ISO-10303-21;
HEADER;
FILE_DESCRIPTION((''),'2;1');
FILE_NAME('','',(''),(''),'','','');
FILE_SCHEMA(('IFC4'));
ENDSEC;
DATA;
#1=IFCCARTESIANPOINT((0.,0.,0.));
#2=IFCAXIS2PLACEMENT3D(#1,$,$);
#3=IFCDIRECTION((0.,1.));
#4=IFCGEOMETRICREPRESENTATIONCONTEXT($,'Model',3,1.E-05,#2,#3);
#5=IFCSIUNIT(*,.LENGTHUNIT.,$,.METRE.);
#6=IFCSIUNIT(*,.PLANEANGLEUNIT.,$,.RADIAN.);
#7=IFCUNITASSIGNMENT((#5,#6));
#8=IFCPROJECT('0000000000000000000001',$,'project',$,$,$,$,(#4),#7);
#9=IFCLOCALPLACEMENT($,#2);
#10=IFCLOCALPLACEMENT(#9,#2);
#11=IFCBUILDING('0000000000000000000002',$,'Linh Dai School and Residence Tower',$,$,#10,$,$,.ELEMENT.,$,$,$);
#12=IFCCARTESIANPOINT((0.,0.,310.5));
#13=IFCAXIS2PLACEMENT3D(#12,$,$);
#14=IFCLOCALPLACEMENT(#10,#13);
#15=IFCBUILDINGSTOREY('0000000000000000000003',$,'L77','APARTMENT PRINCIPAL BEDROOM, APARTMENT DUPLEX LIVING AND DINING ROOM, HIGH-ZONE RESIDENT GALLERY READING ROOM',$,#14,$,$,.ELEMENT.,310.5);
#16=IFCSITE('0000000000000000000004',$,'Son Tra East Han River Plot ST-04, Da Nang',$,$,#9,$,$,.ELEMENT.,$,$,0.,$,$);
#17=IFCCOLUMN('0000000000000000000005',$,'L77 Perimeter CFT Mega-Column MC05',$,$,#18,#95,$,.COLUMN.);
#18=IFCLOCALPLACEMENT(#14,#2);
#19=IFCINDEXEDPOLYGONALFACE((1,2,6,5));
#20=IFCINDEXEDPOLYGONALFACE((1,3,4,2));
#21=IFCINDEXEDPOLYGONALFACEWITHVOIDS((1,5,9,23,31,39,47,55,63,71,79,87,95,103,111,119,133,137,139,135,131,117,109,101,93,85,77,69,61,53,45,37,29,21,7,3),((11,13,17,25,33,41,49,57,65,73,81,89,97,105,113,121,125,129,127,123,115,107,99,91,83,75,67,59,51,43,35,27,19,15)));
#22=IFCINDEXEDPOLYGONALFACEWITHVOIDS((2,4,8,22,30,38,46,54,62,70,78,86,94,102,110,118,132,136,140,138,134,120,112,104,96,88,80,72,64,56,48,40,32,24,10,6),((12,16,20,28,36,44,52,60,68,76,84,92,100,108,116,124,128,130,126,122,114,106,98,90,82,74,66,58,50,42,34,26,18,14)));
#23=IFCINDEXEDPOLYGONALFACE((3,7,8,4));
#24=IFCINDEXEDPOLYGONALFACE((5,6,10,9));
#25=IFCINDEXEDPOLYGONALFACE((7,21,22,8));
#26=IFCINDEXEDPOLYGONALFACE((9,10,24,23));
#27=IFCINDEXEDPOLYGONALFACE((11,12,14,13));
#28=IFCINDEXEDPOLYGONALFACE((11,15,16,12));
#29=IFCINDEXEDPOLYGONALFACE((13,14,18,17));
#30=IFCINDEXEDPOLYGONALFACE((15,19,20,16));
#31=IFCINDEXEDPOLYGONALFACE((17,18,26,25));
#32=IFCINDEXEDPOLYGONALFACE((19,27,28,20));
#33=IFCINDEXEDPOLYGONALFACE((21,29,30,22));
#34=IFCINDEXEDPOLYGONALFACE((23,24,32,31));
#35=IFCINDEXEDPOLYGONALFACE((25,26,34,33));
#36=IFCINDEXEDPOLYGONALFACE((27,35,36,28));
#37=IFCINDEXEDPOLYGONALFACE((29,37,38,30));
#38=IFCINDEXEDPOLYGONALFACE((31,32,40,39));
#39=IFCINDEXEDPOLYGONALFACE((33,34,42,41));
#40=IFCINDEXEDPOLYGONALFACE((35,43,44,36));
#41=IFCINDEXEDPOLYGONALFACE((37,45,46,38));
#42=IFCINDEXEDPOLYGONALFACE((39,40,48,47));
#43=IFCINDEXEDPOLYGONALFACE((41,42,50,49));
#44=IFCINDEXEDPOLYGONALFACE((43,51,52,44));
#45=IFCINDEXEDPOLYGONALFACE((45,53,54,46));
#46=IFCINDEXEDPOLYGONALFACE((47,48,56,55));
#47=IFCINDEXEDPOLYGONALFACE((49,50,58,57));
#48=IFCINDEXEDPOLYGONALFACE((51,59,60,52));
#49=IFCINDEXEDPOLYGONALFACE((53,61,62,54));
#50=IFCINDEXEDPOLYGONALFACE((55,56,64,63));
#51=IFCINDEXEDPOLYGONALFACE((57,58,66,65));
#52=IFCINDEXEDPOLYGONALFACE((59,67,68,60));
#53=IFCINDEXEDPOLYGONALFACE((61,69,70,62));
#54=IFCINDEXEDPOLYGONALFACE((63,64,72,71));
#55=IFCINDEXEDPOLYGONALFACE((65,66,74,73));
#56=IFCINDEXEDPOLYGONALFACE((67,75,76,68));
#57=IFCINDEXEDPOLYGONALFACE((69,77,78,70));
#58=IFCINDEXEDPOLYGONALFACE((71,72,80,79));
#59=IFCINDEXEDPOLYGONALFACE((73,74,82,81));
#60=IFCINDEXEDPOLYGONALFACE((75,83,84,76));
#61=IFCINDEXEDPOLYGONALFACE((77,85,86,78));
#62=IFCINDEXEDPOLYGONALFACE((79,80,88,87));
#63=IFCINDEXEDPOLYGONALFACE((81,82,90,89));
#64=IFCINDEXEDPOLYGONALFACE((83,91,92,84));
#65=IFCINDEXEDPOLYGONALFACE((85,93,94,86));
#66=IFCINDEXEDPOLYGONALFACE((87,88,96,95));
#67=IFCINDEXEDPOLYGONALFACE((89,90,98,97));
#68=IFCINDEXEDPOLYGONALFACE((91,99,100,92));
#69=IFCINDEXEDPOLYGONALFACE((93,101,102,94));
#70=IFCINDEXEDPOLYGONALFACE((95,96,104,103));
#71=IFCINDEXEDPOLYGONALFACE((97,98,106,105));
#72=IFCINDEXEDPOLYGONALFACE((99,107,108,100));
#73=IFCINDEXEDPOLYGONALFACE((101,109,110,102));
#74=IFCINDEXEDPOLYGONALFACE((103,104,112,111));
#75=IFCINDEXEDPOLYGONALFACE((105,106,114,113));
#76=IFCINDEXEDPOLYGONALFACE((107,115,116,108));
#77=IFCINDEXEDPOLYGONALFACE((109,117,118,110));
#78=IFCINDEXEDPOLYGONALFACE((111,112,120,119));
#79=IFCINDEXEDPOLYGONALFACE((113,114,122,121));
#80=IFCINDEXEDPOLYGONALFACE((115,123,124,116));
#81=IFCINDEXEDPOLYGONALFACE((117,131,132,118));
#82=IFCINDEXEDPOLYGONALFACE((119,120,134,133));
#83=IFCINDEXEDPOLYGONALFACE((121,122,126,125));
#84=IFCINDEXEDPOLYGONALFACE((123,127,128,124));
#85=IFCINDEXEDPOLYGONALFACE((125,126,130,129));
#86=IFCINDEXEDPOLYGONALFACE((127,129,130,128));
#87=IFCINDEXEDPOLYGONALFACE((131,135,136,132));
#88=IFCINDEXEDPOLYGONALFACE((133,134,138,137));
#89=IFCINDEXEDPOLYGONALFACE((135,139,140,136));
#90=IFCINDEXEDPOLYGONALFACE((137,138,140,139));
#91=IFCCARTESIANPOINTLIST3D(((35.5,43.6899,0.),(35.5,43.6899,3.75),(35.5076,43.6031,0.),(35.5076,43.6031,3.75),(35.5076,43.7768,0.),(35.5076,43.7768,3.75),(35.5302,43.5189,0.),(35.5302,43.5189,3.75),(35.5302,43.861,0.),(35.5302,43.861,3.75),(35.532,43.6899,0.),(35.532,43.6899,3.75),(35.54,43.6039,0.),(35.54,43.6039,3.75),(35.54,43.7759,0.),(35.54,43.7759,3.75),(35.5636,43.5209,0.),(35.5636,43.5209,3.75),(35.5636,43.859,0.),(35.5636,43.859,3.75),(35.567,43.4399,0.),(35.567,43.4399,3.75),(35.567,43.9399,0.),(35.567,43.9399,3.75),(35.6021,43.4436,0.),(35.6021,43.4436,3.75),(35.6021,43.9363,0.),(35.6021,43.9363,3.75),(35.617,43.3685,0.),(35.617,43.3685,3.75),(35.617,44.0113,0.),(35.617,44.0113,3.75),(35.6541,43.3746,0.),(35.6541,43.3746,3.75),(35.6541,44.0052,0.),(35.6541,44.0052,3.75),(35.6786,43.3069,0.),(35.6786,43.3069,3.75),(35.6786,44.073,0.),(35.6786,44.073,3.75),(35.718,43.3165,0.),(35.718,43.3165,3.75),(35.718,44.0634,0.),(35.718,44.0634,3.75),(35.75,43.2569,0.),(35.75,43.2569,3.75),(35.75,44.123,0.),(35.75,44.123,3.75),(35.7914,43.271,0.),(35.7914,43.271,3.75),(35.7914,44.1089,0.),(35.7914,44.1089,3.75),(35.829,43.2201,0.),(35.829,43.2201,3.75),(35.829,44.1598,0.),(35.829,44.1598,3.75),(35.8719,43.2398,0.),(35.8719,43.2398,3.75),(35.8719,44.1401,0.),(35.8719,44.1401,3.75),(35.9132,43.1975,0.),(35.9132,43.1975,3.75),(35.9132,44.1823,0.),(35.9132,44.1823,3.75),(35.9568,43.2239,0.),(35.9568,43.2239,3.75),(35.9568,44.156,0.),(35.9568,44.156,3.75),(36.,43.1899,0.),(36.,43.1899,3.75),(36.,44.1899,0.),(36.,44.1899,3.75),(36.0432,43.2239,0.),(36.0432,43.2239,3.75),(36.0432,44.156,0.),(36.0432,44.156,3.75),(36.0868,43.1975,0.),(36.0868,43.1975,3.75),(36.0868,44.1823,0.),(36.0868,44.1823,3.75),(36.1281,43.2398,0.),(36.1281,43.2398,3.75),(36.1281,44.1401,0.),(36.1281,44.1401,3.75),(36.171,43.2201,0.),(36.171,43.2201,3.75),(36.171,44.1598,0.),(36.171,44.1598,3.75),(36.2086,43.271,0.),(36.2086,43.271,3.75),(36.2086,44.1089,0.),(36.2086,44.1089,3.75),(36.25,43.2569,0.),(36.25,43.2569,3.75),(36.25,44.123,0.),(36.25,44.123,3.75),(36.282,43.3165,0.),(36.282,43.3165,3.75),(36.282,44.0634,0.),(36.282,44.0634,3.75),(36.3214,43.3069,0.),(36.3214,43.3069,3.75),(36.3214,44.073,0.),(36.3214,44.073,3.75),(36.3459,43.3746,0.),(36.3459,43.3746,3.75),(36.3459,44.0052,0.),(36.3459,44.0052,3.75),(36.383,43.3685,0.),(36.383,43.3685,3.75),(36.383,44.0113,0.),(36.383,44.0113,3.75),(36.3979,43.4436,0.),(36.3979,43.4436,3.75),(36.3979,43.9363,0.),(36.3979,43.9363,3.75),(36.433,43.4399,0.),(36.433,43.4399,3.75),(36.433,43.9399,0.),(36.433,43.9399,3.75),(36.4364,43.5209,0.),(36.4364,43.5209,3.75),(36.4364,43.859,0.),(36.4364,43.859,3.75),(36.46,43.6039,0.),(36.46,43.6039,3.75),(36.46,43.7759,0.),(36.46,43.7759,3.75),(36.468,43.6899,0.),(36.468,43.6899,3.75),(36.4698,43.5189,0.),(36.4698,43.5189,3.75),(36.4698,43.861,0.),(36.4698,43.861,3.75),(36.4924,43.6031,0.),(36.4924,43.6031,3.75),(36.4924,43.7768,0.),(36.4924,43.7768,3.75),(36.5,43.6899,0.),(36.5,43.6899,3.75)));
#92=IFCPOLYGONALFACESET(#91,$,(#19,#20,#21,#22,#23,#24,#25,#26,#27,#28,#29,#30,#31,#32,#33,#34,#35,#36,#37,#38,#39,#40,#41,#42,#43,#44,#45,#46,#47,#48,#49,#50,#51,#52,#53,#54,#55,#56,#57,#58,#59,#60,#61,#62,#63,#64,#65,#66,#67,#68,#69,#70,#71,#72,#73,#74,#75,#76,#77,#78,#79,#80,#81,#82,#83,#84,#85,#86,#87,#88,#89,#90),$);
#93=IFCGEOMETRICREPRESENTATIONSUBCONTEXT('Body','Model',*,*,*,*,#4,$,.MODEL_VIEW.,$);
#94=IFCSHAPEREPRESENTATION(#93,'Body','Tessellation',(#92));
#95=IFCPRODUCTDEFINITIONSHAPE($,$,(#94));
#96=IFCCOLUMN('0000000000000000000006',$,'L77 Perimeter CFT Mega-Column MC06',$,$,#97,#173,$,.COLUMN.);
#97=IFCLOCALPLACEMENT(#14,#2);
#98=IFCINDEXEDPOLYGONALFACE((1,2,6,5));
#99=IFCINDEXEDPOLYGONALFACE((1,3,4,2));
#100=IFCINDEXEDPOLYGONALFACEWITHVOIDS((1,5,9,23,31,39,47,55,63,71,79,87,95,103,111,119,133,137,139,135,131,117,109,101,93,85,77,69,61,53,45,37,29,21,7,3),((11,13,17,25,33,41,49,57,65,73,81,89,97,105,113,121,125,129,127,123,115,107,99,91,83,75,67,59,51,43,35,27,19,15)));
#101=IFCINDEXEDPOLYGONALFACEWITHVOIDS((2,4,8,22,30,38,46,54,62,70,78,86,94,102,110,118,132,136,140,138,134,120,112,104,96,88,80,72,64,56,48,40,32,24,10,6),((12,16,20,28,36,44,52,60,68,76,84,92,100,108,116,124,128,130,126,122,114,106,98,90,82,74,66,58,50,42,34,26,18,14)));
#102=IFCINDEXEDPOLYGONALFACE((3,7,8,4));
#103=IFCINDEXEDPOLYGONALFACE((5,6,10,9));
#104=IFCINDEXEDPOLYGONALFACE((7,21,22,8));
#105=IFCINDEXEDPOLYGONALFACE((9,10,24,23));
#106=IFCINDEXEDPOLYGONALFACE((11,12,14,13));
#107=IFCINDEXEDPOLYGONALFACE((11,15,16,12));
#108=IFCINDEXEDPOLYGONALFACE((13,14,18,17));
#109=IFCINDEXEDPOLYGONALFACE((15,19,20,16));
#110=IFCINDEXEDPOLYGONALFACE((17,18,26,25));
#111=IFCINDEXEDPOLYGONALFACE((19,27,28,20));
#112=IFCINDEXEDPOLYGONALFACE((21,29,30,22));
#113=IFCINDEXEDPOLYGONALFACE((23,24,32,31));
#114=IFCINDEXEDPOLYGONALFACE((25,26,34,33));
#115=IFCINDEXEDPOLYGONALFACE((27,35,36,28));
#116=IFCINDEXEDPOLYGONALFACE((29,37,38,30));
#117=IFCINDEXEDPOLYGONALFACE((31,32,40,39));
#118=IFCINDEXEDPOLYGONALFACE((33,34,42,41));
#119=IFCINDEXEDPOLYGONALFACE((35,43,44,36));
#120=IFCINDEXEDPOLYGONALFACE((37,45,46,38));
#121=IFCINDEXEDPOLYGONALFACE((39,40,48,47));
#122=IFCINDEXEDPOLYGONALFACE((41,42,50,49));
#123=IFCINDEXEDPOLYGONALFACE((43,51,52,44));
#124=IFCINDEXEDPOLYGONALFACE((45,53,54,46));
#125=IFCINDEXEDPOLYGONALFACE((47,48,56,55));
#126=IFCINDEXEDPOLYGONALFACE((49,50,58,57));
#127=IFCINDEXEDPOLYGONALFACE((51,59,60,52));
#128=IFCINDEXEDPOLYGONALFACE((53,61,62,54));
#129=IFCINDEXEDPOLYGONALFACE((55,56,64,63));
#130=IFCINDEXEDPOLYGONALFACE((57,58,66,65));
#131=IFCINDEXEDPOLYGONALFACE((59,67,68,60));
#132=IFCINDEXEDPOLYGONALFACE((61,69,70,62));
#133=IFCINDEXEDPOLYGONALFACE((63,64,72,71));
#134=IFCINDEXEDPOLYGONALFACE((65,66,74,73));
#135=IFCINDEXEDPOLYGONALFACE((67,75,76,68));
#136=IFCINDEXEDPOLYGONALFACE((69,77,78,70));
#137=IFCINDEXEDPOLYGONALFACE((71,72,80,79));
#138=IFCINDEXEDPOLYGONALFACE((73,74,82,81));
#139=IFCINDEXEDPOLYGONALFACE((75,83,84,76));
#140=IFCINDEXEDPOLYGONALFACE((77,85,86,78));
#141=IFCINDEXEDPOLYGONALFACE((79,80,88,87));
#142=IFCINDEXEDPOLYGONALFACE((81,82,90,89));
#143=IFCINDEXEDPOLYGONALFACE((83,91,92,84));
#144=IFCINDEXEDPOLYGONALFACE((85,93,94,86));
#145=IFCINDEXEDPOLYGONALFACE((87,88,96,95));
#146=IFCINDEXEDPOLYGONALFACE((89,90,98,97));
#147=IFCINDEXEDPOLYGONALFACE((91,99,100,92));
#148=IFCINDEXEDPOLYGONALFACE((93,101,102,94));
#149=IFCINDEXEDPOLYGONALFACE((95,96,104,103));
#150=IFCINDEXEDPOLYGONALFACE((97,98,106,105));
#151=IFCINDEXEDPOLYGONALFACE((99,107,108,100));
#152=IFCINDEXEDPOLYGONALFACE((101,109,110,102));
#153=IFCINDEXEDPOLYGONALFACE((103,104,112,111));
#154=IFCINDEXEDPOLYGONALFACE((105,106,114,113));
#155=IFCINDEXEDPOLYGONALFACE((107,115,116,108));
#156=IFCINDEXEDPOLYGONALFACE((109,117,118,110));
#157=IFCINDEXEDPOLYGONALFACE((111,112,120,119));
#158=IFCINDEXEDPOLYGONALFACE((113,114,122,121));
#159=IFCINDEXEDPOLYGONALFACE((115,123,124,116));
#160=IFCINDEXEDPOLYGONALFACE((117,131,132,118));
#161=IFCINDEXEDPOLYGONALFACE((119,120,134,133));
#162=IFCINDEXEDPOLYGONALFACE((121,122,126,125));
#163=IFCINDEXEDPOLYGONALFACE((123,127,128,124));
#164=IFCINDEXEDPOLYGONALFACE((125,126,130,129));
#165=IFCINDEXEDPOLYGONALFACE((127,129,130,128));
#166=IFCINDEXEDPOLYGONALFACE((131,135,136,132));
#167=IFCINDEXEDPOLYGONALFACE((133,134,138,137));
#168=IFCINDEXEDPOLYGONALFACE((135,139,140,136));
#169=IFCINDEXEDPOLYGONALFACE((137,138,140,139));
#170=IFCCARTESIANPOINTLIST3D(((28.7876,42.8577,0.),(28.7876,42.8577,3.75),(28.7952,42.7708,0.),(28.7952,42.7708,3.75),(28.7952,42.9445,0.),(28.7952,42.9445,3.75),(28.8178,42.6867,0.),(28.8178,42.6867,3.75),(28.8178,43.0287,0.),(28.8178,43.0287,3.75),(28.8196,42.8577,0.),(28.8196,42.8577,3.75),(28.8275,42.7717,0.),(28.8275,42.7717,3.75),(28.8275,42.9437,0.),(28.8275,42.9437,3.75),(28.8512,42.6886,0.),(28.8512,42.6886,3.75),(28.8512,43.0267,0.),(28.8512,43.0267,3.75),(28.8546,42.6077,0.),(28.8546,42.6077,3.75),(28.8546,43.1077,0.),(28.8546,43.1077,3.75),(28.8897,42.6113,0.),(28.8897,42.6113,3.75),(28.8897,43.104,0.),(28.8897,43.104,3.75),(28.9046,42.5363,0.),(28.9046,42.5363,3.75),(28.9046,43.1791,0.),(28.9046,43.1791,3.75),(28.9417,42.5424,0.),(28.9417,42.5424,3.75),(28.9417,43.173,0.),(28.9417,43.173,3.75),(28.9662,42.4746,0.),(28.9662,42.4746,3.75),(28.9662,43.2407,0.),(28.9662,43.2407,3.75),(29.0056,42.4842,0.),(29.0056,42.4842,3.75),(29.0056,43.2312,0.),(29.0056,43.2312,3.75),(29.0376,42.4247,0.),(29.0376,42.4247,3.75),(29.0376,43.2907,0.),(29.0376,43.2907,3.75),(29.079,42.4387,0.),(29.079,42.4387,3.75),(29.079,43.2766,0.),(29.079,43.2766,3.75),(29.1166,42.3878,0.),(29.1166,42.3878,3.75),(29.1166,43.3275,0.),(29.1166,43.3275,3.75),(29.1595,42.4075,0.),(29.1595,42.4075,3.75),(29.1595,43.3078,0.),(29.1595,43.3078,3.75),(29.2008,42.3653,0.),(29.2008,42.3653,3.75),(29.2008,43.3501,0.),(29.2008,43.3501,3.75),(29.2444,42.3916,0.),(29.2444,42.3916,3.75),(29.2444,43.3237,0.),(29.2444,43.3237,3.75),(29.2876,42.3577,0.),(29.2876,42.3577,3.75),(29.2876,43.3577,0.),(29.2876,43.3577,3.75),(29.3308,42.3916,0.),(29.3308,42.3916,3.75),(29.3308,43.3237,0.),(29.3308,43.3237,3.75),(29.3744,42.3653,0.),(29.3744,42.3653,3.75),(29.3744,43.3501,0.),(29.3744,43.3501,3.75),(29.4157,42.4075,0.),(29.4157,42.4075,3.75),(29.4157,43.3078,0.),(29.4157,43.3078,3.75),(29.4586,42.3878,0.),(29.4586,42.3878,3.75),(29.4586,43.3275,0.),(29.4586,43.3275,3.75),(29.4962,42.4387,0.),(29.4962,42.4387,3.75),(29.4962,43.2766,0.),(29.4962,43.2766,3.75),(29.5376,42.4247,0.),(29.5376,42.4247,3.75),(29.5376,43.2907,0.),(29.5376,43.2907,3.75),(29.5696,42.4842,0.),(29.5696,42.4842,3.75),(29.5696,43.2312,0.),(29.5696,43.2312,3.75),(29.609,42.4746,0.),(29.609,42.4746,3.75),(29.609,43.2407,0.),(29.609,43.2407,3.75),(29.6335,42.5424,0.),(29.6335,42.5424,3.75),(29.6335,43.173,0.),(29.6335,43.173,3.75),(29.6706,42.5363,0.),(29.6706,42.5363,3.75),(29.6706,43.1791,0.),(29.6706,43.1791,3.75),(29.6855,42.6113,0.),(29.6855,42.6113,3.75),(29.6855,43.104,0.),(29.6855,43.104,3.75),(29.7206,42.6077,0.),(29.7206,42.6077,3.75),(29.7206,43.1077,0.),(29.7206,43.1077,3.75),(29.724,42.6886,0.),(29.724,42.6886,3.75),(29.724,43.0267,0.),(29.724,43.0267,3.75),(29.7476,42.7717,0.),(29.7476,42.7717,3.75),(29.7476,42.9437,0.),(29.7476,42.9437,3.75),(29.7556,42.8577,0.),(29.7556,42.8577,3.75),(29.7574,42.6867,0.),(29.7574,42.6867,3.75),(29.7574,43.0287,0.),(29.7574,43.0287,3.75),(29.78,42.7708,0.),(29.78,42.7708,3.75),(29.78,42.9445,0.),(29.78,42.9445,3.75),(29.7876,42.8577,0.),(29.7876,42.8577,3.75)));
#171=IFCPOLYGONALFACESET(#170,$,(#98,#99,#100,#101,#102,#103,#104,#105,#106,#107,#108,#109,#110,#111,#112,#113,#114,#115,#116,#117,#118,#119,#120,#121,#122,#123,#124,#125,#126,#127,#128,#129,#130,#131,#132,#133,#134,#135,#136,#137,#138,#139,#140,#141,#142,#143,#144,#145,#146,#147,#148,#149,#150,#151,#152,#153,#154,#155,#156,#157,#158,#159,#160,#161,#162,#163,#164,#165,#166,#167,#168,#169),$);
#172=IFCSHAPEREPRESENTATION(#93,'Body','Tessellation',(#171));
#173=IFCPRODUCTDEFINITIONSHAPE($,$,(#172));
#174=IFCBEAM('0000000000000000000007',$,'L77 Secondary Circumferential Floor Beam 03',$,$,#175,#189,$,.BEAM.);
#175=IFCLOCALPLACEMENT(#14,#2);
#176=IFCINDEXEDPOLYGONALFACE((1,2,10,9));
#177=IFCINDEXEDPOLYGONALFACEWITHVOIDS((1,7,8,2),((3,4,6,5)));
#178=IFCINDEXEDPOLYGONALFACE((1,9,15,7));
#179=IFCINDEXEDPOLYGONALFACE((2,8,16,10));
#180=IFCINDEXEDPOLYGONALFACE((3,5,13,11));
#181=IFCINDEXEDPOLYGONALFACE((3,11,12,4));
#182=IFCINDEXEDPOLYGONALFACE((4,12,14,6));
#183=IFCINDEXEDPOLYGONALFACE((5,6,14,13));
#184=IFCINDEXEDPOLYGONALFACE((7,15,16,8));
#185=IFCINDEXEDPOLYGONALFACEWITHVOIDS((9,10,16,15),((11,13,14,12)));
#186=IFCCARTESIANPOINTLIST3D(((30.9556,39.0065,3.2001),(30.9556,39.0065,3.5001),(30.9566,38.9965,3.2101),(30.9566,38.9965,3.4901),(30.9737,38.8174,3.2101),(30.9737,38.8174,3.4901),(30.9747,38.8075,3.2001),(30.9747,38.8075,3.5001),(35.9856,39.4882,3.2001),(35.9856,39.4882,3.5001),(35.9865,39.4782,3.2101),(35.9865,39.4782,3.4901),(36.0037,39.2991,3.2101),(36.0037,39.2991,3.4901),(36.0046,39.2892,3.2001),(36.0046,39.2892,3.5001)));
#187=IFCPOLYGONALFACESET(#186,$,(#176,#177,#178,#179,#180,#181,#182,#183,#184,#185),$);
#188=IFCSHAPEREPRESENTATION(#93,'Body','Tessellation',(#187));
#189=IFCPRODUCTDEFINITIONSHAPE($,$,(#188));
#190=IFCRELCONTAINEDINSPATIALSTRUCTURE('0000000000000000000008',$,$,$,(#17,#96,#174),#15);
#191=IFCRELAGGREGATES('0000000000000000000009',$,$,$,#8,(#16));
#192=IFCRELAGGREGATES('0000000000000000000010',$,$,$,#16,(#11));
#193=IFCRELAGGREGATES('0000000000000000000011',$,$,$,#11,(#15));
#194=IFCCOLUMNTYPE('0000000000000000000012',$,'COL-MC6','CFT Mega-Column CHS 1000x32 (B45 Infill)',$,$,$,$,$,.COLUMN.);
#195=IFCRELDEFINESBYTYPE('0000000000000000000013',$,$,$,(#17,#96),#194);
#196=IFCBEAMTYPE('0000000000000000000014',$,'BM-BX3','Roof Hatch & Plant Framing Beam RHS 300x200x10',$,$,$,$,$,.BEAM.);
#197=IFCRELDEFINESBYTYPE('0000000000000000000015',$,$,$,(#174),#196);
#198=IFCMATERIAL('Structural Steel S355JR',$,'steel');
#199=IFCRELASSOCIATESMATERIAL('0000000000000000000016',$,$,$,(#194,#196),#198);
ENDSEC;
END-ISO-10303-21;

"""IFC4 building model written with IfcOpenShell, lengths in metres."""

from ifc_helpers import new_model, si_unit, direction, frame, origin, origin_2d, place, context, subcontext, project, spatial, hollow_rectangle, hollow_circle, extrude, material, material_profile, profile_set, type_object, element, save


model = new_model("IFC4")

# Units and contexts
model_context = context("Model", 3, precision=1e-05, world=origin(), true_north=direction((0.0, 1.0)))
body_context = subcontext(model_context, "Body", "Model", "MODEL_VIEW")
ifc_project = project(units=[si_unit("LENGTHUNIT", "METRE"), si_unit("PLANEANGLEUNIT", "RADIAN")], contexts=[model_context])

# Site, building, storey
site_placement = place(None, origin())
site = spatial("IfcSite", under=ifc_project, at=site_placement, Name="Son Tra East Han River Plot ST-04, Da Nang", CompositionType="ELEMENT", RefElevation=0.0)
building_placement = place(site_placement, origin())
building = spatial("IfcBuilding", under=site, at=building_placement, Name="Linh Dai School and Residence Tower", CompositionType="ELEMENT")
storey_placement = place(building_placement, frame((0.0, 0.0, 310.5)))
storey = spatial("IfcBuildingStorey", under=building, at=storey_placement, Name="L77", Description="APARTMENT PRINCIPAL BEDROOM, APARTMENT DUPLEX LIVING AND DINING ROOM, HIGH-ZONE RESIDENT GALLERY READING ROOM", CompositionType="ELEMENT", Elevation=310.5)

# Columns
ifc_material_1 = material(Name="Structural Steel S355JR", Category="steel")
ifc_material_profile_1 = material_profile(ifc_material_1, hollow_circle(Radius=0.5, WallThickness=0.032, at=origin_2d()), Name="CHS 1000x32")
ifc_profile_set_1 = profile_set([ifc_material_profile_1], Name="Structural Steel S355JR")
column_type = type_object("IfcColumnType", Name="COL-MC6", Description="CFT Mega-Column CHS 1000x32 (B45 Infill)", PredefinedType="COLUMN", material=ifc_profile_set_1)
for number, where, z_axis, x_axis, name in (
    (1, (36.0, 43.6899, 0.0), (0.0, 0.0, 1.0), (1.0, 0.0, 0.0), "L77 Perimeter CFT Mega-Column MC05"),
    (2, (29.2876, 42.8577, 0.0), (0.0, 0.0, 1.0), (1.0, 0.0, 0.0), "L77 Perimeter CFT Mega-Column MC06"),
):
    element("IfcColumn", number, at=place(storey_placement, frame(where, z_axis=z_axis, x_axis=x_axis)), inside=storey, type_object=column_type, Name=name, PredefinedType="COLUMN", context=body_context, shape_type="SweptSolid", body=[
        extrude(hollow_circle(Radius=0.5, WallThickness=0.032, at=origin_2d()), origin(), (0.0, 0.0, 1.0), 3.75),
    ])

# Beam
ifc_material_profile_2 = material_profile(ifc_material_1, hollow_rectangle(XDim=0.2, YDim=0.3, WallThickness=0.01, at=origin_2d()), Name="RHS 300x200x10")
ifc_profile_set_2 = profile_set([ifc_material_profile_2], Name="Structural Steel S355JR")
beam_type_1 = type_object("IfcBeamType", Name="BM-BX3", Description="Roof Hatch & Plant Framing Beam RHS 300x200x10", PredefinedType="BEAM", material=ifc_profile_set_2)
beam_1_placement = place(storey_placement, frame((35.9951, 39.3887, 3.3501), z_axis=(-0.995446, -0.095327, 0.0), x_axis=(0.095327, -0.995446, 0.0)))
element("IfcBeam", 3, at=beam_1_placement, inside=storey, type_object=beam_type_1, Name="L77 Secondary Circumferential Floor Beam 03", PredefinedType="BEAM", context=body_context, shape_type="SweptSolid", body=[
    extrude(hollow_rectangle(XDim=0.2, YDim=0.3, WallThickness=0.01, at=origin_2d()), origin(), (0.0, 0.0, 1.0), 5.053),
])

save(model, "model.ifc")
